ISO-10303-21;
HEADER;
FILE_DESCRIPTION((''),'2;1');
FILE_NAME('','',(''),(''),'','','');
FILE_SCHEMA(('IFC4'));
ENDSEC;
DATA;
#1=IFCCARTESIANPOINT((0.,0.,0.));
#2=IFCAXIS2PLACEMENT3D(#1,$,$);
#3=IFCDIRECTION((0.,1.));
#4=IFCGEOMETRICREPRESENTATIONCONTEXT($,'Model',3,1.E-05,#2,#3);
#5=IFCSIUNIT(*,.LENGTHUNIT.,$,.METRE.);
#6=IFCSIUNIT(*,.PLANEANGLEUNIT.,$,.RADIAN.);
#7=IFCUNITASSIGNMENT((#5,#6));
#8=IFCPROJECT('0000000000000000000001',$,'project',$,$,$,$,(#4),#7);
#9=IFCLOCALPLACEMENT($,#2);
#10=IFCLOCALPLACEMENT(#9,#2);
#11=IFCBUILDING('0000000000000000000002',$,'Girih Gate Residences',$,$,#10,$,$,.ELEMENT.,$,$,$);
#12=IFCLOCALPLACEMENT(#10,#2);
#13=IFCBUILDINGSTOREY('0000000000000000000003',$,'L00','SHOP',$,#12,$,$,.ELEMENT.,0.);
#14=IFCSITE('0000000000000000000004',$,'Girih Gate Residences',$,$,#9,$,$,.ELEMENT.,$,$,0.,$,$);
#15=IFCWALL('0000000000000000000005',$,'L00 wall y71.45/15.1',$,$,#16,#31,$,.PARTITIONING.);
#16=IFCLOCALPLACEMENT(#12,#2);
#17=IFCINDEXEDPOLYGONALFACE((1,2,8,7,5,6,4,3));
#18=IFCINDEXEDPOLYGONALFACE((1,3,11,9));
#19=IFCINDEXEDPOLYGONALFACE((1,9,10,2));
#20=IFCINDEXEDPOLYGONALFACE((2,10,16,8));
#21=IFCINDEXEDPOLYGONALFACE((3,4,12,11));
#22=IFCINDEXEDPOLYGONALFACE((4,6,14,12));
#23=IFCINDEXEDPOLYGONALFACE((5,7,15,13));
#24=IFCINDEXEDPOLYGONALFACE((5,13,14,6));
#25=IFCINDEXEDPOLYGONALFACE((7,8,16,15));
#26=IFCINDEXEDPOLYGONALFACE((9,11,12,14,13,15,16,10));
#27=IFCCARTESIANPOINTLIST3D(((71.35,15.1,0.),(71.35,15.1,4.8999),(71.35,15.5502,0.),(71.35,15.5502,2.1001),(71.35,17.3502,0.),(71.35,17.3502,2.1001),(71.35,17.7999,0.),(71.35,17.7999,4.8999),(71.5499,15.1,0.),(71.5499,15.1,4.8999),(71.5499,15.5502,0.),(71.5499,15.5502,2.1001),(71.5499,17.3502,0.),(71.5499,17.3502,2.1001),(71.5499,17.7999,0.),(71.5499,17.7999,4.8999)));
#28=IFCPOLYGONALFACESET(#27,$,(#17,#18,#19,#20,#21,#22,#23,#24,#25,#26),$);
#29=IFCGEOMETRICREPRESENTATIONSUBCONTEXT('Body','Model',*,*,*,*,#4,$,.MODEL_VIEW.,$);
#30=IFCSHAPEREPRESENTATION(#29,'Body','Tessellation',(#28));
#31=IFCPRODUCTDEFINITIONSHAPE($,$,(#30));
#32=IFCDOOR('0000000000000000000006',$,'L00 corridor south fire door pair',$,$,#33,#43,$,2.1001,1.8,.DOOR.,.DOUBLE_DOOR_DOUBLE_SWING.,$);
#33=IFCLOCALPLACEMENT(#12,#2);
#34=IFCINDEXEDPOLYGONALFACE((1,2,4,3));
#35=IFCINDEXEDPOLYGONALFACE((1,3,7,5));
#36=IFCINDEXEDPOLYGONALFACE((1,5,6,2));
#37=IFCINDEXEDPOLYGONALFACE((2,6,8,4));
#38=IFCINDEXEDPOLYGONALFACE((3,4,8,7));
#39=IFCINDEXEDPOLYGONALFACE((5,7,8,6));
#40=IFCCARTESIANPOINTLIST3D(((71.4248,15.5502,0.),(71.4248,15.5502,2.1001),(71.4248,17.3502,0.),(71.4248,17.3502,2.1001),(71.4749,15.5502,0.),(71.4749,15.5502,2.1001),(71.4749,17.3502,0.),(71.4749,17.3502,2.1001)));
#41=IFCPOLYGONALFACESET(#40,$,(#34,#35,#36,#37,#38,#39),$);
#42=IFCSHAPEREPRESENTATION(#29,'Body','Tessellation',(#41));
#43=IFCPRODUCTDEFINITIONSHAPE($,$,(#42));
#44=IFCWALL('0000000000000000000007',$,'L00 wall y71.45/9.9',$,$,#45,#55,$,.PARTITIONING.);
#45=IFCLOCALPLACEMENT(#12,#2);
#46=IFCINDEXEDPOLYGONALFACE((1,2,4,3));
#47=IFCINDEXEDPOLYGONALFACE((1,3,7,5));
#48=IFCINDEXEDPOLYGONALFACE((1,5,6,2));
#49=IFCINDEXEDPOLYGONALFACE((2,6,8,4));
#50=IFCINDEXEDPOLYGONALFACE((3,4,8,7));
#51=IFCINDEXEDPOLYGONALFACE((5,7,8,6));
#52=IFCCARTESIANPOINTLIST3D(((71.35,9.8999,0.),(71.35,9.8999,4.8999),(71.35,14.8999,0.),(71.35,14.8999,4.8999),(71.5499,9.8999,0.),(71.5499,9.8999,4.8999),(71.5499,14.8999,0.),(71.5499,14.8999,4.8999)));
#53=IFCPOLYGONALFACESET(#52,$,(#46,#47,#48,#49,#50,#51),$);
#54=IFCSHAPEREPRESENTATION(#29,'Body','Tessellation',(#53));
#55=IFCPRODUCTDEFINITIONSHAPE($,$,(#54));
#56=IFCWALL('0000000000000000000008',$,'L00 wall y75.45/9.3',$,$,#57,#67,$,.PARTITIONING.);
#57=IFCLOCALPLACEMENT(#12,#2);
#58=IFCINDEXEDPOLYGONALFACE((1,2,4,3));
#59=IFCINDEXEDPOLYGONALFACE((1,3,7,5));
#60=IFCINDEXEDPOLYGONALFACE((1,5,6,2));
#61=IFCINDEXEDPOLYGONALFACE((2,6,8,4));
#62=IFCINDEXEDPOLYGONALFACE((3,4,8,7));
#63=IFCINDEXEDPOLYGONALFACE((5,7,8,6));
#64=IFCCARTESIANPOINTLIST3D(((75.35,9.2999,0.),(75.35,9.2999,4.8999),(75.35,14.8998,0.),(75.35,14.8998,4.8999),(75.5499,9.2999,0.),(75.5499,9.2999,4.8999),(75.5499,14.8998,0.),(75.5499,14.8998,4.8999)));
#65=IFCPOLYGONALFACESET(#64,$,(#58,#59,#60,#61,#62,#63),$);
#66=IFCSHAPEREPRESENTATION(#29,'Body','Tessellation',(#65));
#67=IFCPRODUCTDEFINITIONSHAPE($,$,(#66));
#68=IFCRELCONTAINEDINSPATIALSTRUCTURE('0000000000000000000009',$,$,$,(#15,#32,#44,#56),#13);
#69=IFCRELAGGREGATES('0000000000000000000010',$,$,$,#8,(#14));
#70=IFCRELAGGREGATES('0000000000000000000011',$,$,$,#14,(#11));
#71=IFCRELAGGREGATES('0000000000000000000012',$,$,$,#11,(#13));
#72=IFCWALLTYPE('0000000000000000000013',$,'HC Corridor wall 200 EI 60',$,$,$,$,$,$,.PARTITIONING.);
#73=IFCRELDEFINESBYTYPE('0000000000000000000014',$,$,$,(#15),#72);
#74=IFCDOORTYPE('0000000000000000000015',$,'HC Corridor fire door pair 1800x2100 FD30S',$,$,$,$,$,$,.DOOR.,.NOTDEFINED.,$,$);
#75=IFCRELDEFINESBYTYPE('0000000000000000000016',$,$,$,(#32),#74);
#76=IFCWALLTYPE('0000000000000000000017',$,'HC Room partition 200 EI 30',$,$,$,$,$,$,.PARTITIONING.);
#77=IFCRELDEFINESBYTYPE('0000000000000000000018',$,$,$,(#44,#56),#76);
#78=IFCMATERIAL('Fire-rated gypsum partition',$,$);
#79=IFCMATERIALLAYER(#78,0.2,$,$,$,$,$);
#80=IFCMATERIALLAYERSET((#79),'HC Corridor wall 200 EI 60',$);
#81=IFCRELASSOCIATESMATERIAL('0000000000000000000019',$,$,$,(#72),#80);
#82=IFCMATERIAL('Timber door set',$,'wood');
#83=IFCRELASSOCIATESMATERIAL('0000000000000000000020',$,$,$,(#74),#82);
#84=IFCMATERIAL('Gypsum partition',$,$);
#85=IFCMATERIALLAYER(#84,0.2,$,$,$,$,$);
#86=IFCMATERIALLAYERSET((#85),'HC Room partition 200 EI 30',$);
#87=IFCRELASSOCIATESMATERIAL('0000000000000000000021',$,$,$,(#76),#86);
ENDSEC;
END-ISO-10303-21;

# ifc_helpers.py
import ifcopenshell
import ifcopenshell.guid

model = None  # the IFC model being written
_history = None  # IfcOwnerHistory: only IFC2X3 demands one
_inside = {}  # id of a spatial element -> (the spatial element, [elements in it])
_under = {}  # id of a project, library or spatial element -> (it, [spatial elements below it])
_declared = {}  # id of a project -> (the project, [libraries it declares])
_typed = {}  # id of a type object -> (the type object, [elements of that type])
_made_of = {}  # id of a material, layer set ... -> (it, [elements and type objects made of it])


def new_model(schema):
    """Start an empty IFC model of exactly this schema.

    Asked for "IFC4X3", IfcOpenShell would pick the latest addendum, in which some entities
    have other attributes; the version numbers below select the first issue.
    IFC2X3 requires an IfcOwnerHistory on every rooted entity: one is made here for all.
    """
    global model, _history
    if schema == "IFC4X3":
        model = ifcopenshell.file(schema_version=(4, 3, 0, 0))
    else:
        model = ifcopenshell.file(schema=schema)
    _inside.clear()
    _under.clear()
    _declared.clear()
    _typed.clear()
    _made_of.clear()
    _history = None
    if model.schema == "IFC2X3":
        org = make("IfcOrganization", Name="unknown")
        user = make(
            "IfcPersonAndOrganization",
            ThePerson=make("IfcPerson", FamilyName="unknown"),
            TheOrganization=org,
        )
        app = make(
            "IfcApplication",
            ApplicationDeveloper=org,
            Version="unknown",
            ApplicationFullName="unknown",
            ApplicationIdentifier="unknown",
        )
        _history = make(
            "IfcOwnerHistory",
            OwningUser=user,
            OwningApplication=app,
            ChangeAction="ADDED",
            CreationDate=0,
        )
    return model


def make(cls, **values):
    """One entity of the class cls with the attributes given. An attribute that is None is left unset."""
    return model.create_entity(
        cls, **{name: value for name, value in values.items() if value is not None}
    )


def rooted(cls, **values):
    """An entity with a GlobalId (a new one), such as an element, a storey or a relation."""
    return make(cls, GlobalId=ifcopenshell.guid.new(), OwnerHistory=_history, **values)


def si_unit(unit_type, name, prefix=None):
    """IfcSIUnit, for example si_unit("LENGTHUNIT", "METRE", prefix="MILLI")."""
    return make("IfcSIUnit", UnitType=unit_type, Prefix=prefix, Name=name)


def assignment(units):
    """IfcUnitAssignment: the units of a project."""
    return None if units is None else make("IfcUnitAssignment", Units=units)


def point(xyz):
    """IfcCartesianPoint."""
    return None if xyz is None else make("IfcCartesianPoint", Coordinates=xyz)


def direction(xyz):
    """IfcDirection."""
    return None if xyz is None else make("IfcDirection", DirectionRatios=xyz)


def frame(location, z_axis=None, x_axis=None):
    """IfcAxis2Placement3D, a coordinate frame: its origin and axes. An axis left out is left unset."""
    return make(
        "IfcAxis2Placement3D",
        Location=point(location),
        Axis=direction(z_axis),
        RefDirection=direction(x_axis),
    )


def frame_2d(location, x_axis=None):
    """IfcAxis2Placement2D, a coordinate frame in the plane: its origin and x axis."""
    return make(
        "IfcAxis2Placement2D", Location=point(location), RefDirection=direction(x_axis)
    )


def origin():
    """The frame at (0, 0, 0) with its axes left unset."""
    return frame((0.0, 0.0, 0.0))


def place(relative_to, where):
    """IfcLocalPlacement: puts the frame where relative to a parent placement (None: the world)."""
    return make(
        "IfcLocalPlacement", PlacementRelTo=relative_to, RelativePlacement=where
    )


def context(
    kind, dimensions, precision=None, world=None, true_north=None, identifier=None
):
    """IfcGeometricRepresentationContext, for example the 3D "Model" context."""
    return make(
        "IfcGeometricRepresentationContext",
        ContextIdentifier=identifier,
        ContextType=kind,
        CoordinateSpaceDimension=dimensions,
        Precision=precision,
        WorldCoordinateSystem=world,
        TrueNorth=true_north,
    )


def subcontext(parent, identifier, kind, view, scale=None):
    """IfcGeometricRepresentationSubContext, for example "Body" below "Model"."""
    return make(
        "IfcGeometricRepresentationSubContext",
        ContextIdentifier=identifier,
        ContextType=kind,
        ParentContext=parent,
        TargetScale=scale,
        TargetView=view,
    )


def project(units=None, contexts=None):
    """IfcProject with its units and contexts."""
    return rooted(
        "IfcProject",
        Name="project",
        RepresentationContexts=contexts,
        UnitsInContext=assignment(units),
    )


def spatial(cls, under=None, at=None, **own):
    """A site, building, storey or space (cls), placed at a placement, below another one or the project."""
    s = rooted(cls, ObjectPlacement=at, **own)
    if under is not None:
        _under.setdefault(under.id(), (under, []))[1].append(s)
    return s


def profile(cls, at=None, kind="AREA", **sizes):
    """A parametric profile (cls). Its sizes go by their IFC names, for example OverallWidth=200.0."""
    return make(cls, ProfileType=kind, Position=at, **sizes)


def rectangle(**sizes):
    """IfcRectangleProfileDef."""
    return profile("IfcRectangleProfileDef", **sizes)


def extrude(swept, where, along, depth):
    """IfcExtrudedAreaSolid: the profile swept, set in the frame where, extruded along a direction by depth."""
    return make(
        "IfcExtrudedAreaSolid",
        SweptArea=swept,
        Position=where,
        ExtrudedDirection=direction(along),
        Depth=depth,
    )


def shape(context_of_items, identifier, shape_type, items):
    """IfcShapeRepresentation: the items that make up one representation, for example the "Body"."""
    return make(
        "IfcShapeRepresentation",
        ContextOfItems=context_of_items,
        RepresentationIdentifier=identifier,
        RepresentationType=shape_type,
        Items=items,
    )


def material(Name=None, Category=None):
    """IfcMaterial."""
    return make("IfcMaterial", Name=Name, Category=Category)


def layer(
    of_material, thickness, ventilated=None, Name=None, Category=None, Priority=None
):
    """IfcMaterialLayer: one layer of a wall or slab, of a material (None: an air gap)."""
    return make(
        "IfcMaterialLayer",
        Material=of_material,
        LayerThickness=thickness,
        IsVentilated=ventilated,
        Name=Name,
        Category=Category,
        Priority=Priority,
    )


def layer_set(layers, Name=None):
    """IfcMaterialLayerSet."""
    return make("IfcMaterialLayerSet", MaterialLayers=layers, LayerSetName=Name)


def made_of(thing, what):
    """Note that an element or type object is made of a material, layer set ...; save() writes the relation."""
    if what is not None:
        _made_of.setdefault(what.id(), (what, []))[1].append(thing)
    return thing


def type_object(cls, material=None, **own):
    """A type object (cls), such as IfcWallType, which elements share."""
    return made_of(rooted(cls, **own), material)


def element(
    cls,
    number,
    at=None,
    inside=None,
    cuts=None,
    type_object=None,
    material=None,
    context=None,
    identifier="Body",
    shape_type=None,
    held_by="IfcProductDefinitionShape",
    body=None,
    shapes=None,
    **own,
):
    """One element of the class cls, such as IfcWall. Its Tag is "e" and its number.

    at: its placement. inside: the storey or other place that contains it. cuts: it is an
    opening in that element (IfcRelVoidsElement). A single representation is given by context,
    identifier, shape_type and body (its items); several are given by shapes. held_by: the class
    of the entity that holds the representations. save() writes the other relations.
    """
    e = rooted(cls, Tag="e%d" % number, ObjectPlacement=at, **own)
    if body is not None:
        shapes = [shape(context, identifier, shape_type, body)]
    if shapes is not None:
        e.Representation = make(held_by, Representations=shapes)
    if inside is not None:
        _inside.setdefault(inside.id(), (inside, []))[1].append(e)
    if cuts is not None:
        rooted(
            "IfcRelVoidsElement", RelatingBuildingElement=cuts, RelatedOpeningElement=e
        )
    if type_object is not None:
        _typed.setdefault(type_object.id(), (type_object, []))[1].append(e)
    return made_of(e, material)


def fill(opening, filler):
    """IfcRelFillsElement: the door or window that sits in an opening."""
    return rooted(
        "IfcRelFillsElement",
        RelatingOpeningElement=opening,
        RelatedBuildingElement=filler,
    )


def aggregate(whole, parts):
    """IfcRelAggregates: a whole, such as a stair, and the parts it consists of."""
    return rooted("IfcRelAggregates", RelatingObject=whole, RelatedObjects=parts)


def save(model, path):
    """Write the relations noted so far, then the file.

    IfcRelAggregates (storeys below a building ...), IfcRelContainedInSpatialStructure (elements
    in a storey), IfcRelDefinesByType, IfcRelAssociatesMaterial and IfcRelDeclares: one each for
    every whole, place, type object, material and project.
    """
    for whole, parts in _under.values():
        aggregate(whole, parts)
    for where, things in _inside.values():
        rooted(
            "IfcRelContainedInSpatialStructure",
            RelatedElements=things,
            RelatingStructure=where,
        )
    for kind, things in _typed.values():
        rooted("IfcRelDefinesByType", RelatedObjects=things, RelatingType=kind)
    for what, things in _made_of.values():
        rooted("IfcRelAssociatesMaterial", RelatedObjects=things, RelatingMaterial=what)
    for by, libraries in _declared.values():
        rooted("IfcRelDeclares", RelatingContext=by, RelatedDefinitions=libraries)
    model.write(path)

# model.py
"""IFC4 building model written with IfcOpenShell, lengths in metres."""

from ifc_helpers import new_model, si_unit, direction, frame, frame_2d, origin, place, context, subcontext, project, spatial, rectangle, extrude, material, layer, layer_set, type_object, element, fill, save


model = new_model("IFC4")

# Units and contexts
model_context = context("Model", 3, precision=1e-05, world=origin(), true_north=direction((0.0, 1.0)))
body_context = subcontext(model_context, "Body", "Model", "MODEL_VIEW")
ifc_project = project(units=[si_unit("LENGTHUNIT", "METRE"), si_unit("PLANEANGLEUNIT", "RADIAN")], contexts=[model_context])

# Site, building, storey
site_placement = place(None, origin())
site = spatial("IfcSite", under=ifc_project, at=site_placement, Name="Girih Gate Residences", CompositionType="ELEMENT", RefElevation=0.0)
building_placement = place(site_placement, origin())
building = spatial("IfcBuilding", under=site, at=building_placement, Name="Girih Gate Residences", CompositionType="ELEMENT")
storey_placement = place(building_placement, origin())
storey = spatial("IfcBuildingStorey", under=building, at=storey_placement, Name="L00", Description="SHOP", CompositionType="ELEMENT", Elevation=0.0)

# Shared definitions
ifc_material_1 = material(Name="Fire-rated gypsum partition")
ifc_layer_1 = layer(ifc_material_1, 0.2)
ifc_layer_set_1 = layer_set([ifc_layer_1], Name="HC Corridor wall 200 EI 60")
wall_type_1 = type_object("IfcWallType", Name="HC Corridor wall 200 EI 60", PredefinedType="PARTITIONING", material=ifc_layer_set_1)

# Shared definitions
ifc_material_2 = material(Name="Timber door set", Category="wood")

# Wall, opening, door
wall_1_placement = place(storey_placement, frame((71.45, 17.8, 0.0), z_axis=(0.0, 0.0, 1.0), x_axis=(0.0, -1.0, 0.0)))
wall_1 = element("IfcWall", 1, at=wall_1_placement, inside=storey, type_object=wall_type_1, Name="L00 wall y71.45/15.1", PredefinedType="PARTITIONING", context=body_context, shape_type="SweptSolid", body=[
    extrude(rectangle(XDim=2.7, YDim=0.2, at=frame_2d((1.3501, 0.0))), origin(), (0.0, 0.0, 1.0), 4.8999),
])
opening_1_placement = place(wall_1_placement, frame((0.45, 0.0, 0.0)))
opening_1 = element("IfcOpeningElement", 2, at=opening_1_placement, cuts=wall_1, PredefinedType="OPENING", context=body_context, shape_type="SweptSolid", body=[
    extrude(rectangle(XDim=1.8, YDim=2.1001, at=frame_2d((0.8999, 1.05))), frame((0.0, 0.1099, 0.0), z_axis=(0.0, -1.0, 0.0), x_axis=(1.0, 0.0, 0.0)), (0.0, 0.0, 1.0), 0.22),
])
door_type_1 = type_object("IfcDoorType", Name="HC Corridor fire door pair 1800x2100 FD30S", OperationType="NOTDEFINED", PredefinedType="DOOR", material=ifc_material_2)
door_1_placement = place(opening_1_placement, origin())
door_1 = element("IfcDoor", 3, at=door_1_placement, inside=storey, type_object=door_type_1, Name="L00 corridor south fire door pair", OperationType="DOUBLE_DOOR_DOUBLE_SWING", OverallHeight=2.1001, OverallWidth=1.8, PredefinedType="DOOR", context=body_context, shape_type="SweptSolid", body=[
    extrude(rectangle(XDim=1.8, YDim=2.1001, at=frame_2d((0.8999, 1.05))), frame((0.0, 0.0249, 0.0), z_axis=(0.0, -1.0, 0.0), x_axis=(1.0, 0.0, 0.0)), (0.0, 0.0, 1.0), 0.05),
])
fill(opening_1, door_1)

# Walls
ifc_material_3 = material(Name="Gypsum partition")
ifc_layer_2 = layer(ifc_material_3, 0.2)
ifc_layer_set_2 = layer_set([ifc_layer_2], Name="HC Room partition 200 EI 30")
wall_type_2 = type_object("IfcWallType", Name="HC Room partition 200 EI 30", PredefinedType="PARTITIONING", material=ifc_layer_set_2)
wall_2_placement = place(storey_placement, frame((71.45, 9.8999, 0.0), z_axis=(0.0, 0.0, 1.0), x_axis=(0.0, 1.0, 0.0)))
element("IfcWall", 4, at=wall_2_placement, inside=storey, type_object=wall_type_2, Name="L00 wall y71.45/9.9", PredefinedType="PARTITIONING", context=body_context, shape_type="SweptSolid", body=[
    extrude(rectangle(XDim=5.0, YDim=0.2, at=frame_2d((2.5, 0.0))), origin(), (0.0, 0.0, 1.0), 4.8999),
])
wall_3_placement = place(storey_placement, frame((75.45, 9.3, 0.0), z_axis=(0.0, 0.0, 1.0), x_axis=(0.0, 1.0, 0.0)))
element("IfcWall", 5, at=wall_3_placement, inside=storey, type_object=wall_type_2, Name="L00 wall y75.45/9.3", PredefinedType="PARTITIONING", context=body_context, shape_type="SweptSolid", body=[
    extrude(rectangle(XDim=5.5999, YDim=0.2, at=frame_2d((2.7998, 0.0))), origin(), (0.0, 0.0, 1.0), 4.8999),
])

save(model, "model.ifc")
